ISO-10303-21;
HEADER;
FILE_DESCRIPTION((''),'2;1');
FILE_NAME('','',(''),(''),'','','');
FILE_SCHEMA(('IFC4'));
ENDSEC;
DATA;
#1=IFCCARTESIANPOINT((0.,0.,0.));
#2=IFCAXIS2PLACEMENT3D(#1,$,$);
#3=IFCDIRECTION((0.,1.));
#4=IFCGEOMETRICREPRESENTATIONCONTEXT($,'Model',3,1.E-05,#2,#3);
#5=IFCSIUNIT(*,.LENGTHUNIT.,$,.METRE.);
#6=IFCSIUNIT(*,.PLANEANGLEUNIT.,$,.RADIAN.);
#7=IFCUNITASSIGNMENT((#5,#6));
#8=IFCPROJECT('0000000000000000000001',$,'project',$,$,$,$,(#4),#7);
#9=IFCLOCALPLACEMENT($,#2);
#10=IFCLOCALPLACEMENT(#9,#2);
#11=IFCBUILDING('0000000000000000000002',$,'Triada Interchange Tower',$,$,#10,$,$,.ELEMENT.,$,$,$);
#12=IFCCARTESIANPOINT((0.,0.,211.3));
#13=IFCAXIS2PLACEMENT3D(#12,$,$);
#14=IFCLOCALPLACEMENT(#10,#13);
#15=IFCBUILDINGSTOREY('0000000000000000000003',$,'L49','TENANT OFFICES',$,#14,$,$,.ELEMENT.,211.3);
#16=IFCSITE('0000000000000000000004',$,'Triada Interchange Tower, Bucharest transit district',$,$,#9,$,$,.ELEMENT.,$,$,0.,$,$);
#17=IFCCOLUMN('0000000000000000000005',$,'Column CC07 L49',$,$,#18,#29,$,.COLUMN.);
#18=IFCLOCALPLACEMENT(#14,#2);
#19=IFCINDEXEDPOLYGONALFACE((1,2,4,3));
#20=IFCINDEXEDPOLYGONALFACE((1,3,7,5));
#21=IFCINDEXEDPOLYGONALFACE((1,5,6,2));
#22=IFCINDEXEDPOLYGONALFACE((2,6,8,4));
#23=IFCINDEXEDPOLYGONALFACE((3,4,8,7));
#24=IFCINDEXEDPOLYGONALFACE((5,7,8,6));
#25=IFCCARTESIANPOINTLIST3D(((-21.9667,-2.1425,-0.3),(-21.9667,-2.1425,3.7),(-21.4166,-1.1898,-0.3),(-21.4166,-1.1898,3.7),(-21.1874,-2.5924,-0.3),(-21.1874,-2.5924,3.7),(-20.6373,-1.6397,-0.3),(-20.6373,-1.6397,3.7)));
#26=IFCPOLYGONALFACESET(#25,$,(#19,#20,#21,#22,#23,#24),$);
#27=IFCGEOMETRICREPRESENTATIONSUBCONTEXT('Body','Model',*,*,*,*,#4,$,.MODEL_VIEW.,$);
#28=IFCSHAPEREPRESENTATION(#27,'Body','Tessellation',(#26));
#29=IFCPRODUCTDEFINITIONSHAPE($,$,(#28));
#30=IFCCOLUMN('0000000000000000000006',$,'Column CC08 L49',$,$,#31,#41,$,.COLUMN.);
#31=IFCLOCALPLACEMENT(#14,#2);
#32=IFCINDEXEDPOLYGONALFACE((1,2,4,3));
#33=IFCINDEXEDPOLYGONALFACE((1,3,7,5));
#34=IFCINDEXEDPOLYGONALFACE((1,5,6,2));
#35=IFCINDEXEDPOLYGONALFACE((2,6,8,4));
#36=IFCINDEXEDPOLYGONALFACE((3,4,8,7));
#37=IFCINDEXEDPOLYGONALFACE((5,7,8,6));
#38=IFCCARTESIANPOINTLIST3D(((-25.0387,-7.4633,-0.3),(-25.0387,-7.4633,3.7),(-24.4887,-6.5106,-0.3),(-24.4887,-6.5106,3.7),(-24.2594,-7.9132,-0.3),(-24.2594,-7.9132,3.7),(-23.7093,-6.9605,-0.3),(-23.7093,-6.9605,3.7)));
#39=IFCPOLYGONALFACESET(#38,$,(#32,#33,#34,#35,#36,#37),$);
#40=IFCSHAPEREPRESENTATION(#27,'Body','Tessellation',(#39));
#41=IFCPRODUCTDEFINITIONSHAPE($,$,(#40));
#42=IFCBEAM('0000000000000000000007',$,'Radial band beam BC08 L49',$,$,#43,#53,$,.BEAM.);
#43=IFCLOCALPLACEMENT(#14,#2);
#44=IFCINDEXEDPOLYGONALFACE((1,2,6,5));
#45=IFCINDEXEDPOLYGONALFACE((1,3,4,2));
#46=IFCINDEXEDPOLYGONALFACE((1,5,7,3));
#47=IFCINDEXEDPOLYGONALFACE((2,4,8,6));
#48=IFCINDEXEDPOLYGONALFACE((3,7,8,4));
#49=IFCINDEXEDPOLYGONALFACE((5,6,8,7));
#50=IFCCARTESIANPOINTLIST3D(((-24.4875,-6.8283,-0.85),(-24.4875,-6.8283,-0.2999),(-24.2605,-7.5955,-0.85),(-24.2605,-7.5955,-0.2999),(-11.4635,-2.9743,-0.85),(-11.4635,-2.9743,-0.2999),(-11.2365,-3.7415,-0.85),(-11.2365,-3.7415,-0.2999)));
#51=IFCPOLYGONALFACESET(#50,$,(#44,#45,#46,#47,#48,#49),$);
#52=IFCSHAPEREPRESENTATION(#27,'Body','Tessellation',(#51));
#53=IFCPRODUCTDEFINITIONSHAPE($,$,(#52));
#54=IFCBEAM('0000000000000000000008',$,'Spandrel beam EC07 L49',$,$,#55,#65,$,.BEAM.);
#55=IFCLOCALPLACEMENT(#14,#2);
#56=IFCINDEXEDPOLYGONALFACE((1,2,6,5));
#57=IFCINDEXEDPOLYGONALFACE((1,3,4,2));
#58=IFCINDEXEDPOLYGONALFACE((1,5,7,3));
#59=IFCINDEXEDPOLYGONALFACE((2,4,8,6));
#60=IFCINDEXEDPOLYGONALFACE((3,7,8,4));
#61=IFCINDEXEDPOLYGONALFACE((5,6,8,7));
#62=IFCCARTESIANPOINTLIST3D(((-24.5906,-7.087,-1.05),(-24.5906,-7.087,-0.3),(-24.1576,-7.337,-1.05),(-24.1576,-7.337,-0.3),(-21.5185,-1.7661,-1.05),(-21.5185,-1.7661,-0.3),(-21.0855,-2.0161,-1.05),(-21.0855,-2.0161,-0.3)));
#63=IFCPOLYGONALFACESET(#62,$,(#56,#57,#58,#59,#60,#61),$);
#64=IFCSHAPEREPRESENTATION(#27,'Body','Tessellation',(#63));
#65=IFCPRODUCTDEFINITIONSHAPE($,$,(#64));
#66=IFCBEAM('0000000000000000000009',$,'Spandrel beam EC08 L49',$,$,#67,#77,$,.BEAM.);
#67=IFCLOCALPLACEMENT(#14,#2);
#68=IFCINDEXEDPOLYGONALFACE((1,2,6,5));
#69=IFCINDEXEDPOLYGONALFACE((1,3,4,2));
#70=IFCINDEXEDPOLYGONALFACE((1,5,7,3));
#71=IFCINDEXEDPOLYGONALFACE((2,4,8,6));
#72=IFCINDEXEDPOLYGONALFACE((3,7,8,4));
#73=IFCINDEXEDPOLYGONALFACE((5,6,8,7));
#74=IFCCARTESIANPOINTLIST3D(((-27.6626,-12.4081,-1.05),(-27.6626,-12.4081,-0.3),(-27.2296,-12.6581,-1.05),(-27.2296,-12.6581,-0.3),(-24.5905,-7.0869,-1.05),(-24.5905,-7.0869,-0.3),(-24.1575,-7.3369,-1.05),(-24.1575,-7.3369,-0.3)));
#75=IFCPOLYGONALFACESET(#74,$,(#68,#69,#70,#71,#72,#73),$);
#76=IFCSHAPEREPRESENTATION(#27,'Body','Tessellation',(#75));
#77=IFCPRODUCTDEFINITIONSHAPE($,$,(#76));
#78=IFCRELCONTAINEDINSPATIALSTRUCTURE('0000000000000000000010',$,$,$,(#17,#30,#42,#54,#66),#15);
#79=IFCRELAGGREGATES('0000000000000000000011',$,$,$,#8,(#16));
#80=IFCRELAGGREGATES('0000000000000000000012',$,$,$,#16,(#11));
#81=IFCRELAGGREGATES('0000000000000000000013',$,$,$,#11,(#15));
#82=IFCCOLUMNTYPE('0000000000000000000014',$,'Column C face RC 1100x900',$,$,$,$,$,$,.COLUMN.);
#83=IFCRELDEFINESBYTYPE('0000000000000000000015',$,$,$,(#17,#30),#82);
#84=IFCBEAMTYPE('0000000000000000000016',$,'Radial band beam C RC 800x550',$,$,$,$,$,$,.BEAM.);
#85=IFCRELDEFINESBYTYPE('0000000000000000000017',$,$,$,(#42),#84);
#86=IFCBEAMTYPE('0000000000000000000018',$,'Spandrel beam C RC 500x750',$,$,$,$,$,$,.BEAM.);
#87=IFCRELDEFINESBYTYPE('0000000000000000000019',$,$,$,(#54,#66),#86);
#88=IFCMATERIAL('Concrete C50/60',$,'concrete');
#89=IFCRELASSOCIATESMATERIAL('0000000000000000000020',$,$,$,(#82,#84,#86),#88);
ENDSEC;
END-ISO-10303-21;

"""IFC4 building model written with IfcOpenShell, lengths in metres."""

from ifc_helpers import new_model, si_unit, direction, frame, origin, origin_2d, place, context, subcontext, project, spatial, rectangle, extrude, material, material_profile, profile_set, type_object, element, save


model = new_model("IFC4")

# Units and contexts
model_context = context("Model", 3, precision=1e-05, world=origin(), true_north=direction((0.0, 1.0)))
body_context = subcontext(model_context, "Body", "Model", "MODEL_VIEW")
ifc_project = project(units=[si_unit("LENGTHUNIT", "METRE"), si_unit("PLANEANGLEUNIT", "RADIAN")], contexts=[model_context])

# Site, building, storey
site_placement = place(None, origin())
site = spatial("IfcSite", under=ifc_project, at=site_placement, Name="Triada Interchange Tower, Bucharest transit district", CompositionType="ELEMENT", RefElevation=0.0)
building_placement = place(site_placement, origin())
building = spatial("IfcBuilding", under=site, at=building_placement, Name="Triada Interchange Tower", CompositionType="ELEMENT")
storey_placement = place(building_placement, frame((0.0, 0.0, 211.3)))
storey = spatial("IfcBuildingStorey", under=building, at=storey_placement, Name="L49", Description="TENANT OFFICES", CompositionType="ELEMENT", Elevation=211.3)

# Columns
ifc_material_1 = material(Name="Concrete C50/60", Category="concrete")
ifc_material_profile_1 = material_profile(ifc_material_1, rectangle(XDim=1.1001, YDim=0.8999, at=origin_2d()), Name="RC 1100x900")
ifc_profile_set_1 = profile_set([ifc_material_profile_1], Name="Concrete C50/60")
column_type = type_object("IfcColumnType", Name="Column C face RC 1100x900", PredefinedType="COLUMN", material=ifc_profile_set_1)
for number, where, z_axis, x_axis, name in (
    (1, (-21.302, -1.8911, -0.3), (0.0, 0.0, 1.0), (0.5, 0.866025, 0.0), "Column CC07 L49"),
    (2, (-24.374, -7.2119, -0.3), (0.0, 0.0, 1.0), (0.5, 0.866025, 0.0), "Column CC08 L49"),
):
    element("IfcColumn", number, at=place(storey_placement, frame(where, z_axis=z_axis, x_axis=x_axis)), inside=storey, type_object=column_type, Name=name, PredefinedType="COLUMN", context=body_context, shape_type="SweptSolid", body=[
        extrude(rectangle(XDim=1.1001, YDim=0.8999, at=origin_2d()), origin(), (0.0, 0.0, 1.0), 4.0),
    ])

# Beams
ifc_material_profile_2 = material_profile(ifc_material_1, rectangle(XDim=0.8, YDim=0.55, at=origin_2d()), Name="RC 800x550")
ifc_profile_set_2 = profile_set([ifc_material_profile_2], Name="Concrete C50/60")
beam_type_1 = type_object("IfcBeamType", Name="Radial band beam C RC 800x550", PredefinedType="BEAM", material=ifc_profile_set_2)
beam_1_placement = place(storey_placement, frame((-24.374, -7.2119, -0.575), z_axis=(0.958897, 0.283754, 0.0), x_axis=(-0.283754, 0.958897, 0.0)))
element("IfcBeam", 3, at=beam_1_placement, inside=storey, type_object=beam_type_1, Name="Radial band beam BC08 L49", PredefinedType="BEAM", context=body_context, shape_type="SweptSolid", body=[
    extrude(rectangle(XDim=0.8, YDim=0.55, at=origin_2d()), origin(), (0.0, 0.0, 1.0), 13.5823),
])
ifc_material_profile_3 = material_profile(ifc_material_1, rectangle(XDim=0.5, YDim=0.75, at=origin_2d()), Name="RC 500x750")
ifc_profile_set_3 = profile_set([ifc_material_profile_3], Name="Concrete C50/60")
beam_type_2 = type_object("IfcBeamType", Name="Spandrel beam C RC 500x750", PredefinedType="BEAM", material=ifc_profile_set_3)
beam_2_placement = place(storey_placement, frame((-21.302, -1.8911, -0.675), z_axis=(-0.500007, -0.866021, 0.0), x_axis=(0.866021, -0.500007, 0.0)))
element("IfcBeam", 4, at=beam_2_placement, inside=storey, type_object=beam_type_2, Name="Spandrel beam EC07 L49", PredefinedType="BEAM", context=body_context, shape_type="SweptSolid", body=[
    extrude(rectangle(XDim=0.5, YDim=0.75, at=origin_2d()), origin(), (0.0, 0.0, 1.0), 6.144),
])
beam_3_placement = place(storey_placement, frame((-24.374, -7.2119, -0.675), z_axis=(-0.49999, -0.866031, 0.0), x_axis=(0.866031, -0.49999, 0.0)))
element("IfcBeam", 5, at=beam_3_placement, inside=storey, type_object=beam_type_2, Name="Spandrel beam EC08 L49", PredefinedType="BEAM", context=body_context, shape_type="SweptSolid", body=[
    extrude(rectangle(XDim=0.5, YDim=0.75, at=origin_2d()), origin(), (0.0, 0.0, 1.0), 6.1443),
])

save(model, "model.ifc")
